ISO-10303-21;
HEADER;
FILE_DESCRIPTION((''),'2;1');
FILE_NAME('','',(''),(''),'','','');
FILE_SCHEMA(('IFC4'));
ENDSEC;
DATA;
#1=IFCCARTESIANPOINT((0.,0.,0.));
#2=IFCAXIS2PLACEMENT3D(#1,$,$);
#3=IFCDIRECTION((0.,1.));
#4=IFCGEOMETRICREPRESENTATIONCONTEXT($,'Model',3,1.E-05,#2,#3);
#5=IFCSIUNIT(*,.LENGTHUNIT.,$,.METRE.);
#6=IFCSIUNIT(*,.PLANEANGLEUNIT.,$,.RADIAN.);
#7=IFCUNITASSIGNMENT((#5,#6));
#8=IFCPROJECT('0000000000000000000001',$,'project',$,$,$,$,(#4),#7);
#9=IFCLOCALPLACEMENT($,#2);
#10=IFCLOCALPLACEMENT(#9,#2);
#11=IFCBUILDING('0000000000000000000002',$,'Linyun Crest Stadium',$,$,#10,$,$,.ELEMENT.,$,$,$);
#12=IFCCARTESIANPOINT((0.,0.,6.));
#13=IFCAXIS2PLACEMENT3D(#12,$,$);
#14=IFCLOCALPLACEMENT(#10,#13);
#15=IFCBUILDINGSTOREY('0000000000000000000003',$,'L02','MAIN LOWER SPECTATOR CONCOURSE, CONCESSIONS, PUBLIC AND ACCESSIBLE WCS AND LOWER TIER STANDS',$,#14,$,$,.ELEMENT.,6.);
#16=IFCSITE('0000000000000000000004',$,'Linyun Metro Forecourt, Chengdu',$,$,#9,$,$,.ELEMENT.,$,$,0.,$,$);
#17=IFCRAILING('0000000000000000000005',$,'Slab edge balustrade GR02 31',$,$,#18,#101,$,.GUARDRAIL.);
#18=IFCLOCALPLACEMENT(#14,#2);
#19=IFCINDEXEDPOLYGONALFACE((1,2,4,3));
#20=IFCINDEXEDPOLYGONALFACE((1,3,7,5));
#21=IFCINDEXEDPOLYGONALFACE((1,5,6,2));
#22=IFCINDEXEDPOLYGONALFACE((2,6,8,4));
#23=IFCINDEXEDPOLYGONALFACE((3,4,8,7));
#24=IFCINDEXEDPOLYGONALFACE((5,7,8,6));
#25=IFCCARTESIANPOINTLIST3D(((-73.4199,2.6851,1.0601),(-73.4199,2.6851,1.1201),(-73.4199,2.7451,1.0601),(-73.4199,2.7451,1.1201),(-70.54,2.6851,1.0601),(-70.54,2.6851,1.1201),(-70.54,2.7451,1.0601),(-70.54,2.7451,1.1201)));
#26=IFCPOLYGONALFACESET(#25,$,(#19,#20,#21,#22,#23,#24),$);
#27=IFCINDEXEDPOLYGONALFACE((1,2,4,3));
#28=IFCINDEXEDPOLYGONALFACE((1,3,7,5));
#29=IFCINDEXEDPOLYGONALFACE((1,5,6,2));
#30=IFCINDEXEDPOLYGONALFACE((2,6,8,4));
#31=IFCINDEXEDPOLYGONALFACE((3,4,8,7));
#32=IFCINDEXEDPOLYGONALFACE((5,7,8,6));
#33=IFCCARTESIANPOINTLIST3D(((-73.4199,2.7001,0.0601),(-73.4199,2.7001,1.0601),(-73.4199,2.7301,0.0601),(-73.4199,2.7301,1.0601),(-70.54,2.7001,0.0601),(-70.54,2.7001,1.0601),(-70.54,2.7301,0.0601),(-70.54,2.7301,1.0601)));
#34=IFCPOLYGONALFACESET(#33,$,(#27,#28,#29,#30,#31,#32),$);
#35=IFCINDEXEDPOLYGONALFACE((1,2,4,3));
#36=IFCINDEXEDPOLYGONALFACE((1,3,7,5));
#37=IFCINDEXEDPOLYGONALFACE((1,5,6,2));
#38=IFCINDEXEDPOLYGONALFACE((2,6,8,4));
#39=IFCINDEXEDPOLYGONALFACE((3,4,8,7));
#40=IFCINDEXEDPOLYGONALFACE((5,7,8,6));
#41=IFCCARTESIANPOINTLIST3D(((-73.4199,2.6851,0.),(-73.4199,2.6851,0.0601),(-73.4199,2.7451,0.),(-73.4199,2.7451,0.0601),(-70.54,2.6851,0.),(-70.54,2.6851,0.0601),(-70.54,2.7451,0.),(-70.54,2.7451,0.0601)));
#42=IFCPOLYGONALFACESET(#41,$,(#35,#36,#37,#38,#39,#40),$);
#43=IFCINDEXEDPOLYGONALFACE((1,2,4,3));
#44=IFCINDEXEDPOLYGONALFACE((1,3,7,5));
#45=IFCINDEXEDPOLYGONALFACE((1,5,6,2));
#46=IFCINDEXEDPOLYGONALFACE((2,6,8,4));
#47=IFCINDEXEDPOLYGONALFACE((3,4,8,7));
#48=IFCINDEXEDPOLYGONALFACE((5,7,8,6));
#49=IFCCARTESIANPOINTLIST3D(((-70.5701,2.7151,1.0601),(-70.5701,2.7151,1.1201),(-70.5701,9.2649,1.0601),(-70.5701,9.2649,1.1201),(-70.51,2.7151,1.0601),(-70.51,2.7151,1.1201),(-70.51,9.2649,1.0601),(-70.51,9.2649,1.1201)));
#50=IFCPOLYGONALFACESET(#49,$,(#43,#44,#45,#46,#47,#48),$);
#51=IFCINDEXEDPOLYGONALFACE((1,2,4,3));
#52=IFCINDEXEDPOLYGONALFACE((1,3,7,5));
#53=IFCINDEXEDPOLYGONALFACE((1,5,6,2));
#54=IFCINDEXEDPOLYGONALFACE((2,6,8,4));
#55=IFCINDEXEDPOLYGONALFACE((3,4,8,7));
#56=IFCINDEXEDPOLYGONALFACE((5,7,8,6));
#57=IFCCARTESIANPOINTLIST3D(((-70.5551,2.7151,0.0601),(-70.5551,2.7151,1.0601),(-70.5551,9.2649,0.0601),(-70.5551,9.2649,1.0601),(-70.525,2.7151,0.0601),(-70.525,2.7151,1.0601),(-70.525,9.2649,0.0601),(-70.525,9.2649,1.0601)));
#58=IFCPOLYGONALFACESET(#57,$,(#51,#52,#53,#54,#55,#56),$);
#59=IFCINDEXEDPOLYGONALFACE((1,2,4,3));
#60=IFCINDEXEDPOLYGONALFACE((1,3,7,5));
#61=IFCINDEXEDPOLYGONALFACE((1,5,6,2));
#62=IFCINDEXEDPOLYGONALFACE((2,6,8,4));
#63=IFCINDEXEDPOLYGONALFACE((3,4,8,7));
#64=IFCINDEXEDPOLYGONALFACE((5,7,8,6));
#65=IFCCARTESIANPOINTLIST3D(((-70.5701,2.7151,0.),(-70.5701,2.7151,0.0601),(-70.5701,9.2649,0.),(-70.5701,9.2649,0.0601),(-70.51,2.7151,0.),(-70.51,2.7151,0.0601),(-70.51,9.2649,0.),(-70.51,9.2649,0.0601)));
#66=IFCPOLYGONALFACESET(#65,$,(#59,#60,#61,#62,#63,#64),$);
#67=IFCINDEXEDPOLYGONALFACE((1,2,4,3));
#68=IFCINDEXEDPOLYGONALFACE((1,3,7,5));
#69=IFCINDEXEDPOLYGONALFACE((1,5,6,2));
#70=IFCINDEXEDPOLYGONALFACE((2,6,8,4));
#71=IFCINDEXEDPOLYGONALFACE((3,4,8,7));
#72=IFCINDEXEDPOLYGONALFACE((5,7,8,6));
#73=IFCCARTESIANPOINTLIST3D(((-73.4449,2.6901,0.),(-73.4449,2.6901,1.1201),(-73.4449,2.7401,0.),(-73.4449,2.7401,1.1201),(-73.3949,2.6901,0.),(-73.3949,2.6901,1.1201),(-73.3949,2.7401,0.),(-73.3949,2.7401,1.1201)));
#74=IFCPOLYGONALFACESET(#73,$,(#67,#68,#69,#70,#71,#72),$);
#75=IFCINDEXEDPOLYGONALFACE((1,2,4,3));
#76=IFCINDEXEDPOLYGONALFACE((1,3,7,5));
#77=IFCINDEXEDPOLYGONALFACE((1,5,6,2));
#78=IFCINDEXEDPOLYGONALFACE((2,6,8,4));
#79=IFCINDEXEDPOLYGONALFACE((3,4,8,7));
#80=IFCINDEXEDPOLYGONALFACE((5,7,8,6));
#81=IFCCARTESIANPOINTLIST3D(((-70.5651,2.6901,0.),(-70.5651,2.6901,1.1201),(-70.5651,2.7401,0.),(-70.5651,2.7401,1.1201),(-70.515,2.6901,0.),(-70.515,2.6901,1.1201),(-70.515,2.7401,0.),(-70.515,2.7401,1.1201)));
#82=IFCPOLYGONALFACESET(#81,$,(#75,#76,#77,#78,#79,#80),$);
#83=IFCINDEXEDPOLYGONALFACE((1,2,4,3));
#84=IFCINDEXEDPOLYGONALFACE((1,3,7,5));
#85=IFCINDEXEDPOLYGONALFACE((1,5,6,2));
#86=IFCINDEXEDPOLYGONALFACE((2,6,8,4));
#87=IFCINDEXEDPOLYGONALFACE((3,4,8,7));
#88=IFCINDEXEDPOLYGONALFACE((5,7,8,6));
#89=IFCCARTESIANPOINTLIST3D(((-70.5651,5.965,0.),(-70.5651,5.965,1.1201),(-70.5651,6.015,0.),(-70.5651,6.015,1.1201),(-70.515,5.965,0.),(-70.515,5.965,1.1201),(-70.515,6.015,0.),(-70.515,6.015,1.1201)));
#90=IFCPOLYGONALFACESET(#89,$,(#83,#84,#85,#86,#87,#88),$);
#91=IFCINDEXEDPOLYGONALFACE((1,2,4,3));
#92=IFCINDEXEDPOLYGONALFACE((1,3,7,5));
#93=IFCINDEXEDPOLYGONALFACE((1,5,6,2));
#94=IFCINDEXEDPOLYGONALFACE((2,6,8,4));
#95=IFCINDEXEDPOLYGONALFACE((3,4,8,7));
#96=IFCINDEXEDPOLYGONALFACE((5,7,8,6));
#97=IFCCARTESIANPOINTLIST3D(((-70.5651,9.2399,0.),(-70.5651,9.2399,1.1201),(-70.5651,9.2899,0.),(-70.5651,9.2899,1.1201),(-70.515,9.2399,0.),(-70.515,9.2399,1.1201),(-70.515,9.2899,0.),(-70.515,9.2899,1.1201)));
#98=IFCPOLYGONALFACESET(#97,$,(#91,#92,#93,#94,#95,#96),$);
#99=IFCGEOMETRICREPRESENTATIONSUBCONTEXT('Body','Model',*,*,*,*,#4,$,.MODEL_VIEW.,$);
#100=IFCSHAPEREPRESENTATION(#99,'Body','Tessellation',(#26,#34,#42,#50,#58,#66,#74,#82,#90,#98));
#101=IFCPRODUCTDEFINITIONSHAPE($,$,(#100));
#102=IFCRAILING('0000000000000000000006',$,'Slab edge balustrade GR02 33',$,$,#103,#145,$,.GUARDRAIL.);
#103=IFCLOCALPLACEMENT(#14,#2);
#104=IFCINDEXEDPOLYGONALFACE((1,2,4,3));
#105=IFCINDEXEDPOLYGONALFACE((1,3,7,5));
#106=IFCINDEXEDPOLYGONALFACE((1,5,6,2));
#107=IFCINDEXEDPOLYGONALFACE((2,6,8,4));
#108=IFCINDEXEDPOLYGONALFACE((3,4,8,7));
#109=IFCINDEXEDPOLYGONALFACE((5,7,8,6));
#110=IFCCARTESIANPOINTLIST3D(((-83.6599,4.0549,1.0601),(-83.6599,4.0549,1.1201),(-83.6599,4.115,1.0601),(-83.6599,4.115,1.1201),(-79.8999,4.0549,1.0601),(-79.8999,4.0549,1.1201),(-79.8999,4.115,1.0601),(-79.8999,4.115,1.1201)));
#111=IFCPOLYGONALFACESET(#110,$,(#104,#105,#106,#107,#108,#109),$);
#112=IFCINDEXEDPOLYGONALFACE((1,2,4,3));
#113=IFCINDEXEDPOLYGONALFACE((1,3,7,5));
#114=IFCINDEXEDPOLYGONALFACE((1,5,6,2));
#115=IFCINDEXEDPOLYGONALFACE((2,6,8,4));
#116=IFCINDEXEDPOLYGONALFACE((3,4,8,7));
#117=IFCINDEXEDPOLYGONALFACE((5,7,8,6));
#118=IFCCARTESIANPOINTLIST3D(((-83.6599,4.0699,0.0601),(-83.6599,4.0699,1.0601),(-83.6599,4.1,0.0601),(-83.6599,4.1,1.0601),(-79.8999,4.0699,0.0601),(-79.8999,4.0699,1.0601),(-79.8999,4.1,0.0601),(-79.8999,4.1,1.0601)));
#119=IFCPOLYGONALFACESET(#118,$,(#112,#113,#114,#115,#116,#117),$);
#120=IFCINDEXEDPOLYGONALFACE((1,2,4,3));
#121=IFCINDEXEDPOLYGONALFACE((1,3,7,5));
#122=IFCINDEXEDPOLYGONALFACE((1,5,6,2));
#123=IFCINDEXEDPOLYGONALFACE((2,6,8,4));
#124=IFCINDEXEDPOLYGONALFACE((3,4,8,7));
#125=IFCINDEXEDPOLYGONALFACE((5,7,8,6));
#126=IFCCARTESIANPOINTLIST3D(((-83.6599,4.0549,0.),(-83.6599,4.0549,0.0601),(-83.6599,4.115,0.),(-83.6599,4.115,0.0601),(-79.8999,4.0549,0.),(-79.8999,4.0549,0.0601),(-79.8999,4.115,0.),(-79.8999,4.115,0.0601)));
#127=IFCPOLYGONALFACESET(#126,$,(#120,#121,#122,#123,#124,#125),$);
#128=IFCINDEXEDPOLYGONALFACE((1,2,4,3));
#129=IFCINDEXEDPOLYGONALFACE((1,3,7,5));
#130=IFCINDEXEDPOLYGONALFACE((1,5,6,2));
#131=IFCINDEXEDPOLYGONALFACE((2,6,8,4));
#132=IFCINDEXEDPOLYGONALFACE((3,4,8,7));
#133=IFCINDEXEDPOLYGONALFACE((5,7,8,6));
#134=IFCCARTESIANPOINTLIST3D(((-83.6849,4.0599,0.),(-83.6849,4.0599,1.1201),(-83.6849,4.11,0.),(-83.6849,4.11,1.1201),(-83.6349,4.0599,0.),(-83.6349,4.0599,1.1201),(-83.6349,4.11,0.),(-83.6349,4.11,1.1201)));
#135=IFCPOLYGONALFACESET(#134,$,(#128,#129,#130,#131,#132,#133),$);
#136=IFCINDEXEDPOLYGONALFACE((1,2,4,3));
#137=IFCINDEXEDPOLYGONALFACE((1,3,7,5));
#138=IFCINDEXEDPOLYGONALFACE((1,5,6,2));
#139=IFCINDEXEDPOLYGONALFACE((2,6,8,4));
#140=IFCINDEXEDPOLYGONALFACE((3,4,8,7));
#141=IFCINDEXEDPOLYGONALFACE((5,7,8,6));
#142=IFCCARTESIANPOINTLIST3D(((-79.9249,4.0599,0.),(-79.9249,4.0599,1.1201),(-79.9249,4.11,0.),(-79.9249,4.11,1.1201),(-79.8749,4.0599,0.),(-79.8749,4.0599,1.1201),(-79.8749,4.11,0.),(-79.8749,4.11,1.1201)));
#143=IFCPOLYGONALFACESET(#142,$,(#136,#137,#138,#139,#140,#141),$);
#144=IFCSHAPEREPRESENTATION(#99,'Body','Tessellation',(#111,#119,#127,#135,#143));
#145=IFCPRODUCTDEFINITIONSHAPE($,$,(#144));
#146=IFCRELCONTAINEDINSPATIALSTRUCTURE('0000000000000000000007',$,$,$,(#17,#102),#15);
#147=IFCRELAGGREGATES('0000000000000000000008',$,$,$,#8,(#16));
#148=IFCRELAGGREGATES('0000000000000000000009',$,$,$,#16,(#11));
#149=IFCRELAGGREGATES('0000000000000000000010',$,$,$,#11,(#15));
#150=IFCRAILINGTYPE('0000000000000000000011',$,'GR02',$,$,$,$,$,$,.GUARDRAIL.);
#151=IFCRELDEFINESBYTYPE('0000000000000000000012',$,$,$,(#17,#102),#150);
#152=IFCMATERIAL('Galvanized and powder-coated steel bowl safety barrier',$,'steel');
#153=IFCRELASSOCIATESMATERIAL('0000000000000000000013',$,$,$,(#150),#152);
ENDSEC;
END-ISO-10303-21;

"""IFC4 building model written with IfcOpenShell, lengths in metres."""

from ifc_helpers import new_model, si_unit, direction, frame, origin, origin_2d, place, context, subcontext, project, spatial, rectangle, extrude, material, type_object, element, save


model = new_model("IFC4")

# Units and contexts
model_context = context("Model", 3, precision=1e-05, world=origin(), true_north=direction((0.0, 1.0)))
body_context = subcontext(model_context, "Body", "Model", "MODEL_VIEW")
ifc_project = project(units=[si_unit("LENGTHUNIT", "METRE"), si_unit("PLANEANGLEUNIT", "RADIAN")], contexts=[model_context])

# Site, building, storey
site_placement = place(None, origin())
site = spatial("IfcSite", under=ifc_project, at=site_placement, Name="Linyun Metro Forecourt, Chengdu", CompositionType="ELEMENT", RefElevation=0.0)
building_placement = place(site_placement, origin())
building = spatial("IfcBuilding", under=site, at=building_placement, Name="Linyun Crest Stadium", CompositionType="ELEMENT")
storey_placement = place(building_placement, frame((0.0, 0.0, 6.0)))
storey = spatial("IfcBuildingStorey", under=building, at=storey_placement, Name="L02", Description="MAIN LOWER SPECTATOR CONCOURSE, CONCESSIONS, PUBLIC AND ACCESSIBLE WCS AND LOWER TIER STANDS", CompositionType="ELEMENT", Elevation=6.0)

# Railings
ifc_material_1 = material(Name="Galvanized and powder-coated steel bowl safety barrier", Category="steel")
railing_type_1 = type_object("IfcRailingType", Name="GR02", PredefinedType="GUARDRAIL", material=ifc_material_1)
railing_1_placement = place(storey_placement, frame((-73.4199, 2.7151, 0.0)))
element("IfcRailing", 1, at=railing_1_placement, inside=storey, type_object=railing_type_1, Name="Slab edge balustrade GR02 31", PredefinedType="GUARDRAIL", context=body_context, shape_type="SweptSolid", body=[
    extrude(rectangle(XDim=0.0601, YDim=0.0601, at=origin_2d()), frame((0.0, 0.0, 1.0901), z_axis=(1.0, 0.0, 0.0), x_axis=(0.0, 1.0, 0.0)), (0.0, 0.0, 1.0), 2.8799),
    extrude(rectangle(XDim=0.03, YDim=1.0, at=origin_2d()), frame((0.0, 0.0, 0.5601), z_axis=(1.0, 0.0, 0.0), x_axis=(0.0, 1.0, 0.0)), (0.0, 0.0, 1.0), 2.8799),
    extrude(rectangle(XDim=0.0601, YDim=0.0601, at=origin_2d()), frame((0.0, 0.0, 0.03), z_axis=(1.0, 0.0, 0.0), x_axis=(0.0, 1.0, 0.0)), (0.0, 0.0, 1.0), 2.8799),
    extrude(rectangle(XDim=0.0601, YDim=0.0601, at=origin_2d()), frame((2.8799, 0.0, 1.0901), z_axis=(0.0, 1.0, 0.0), x_axis=(-1.0, 0.0, 0.0)), (0.0, 0.0, 1.0), 6.5498),
    extrude(rectangle(XDim=0.03, YDim=1.0, at=origin_2d()), frame((2.8799, 0.0, 0.5601), z_axis=(0.0, 1.0, 0.0), x_axis=(-1.0, 0.0, 0.0)), (0.0, 0.0, 1.0), 6.5498),
    extrude(rectangle(XDim=0.0601, YDim=0.0601, at=origin_2d()), frame((2.8799, 0.0, 0.03), z_axis=(0.0, 1.0, 0.0), x_axis=(-1.0, 0.0, 0.0)), (0.0, 0.0, 1.0), 6.5498),
    extrude(rectangle(XDim=0.05, YDim=0.05, at=origin_2d()), origin(), (0.0, 0.0, 1.0), 1.1201),
    extrude(rectangle(XDim=0.05, YDim=0.05, at=origin_2d()), frame((2.8799, 0.0, 0.0)), (0.0, 0.0, 1.0), 1.1201),
    extrude(rectangle(XDim=0.05, YDim=0.05, at=origin_2d()), frame((2.8799, 3.2749, 0.0)), (0.0, 0.0, 1.0), 1.1201),
    extrude(rectangle(XDim=0.05, YDim=0.05, at=origin_2d()), frame((2.8799, 6.5498, 0.0)), (0.0, 0.0, 1.0), 1.1201),
])
railing_2_placement = place(storey_placement, frame((-83.6599, 4.085, 0.0)))
element("IfcRailing", 2, at=railing_2_placement, inside=storey, type_object=railing_type_1, Name="Slab edge balustrade GR02 33", PredefinedType="GUARDRAIL", context=body_context, shape_type="SweptSolid", body=[
    extrude(rectangle(XDim=0.0601, YDim=0.0601, at=origin_2d()), frame((0.0, 0.0, 1.0901), z_axis=(1.0, 0.0, 0.0), x_axis=(0.0, 1.0, 0.0)), (0.0, 0.0, 1.0), 3.76),
    extrude(rectangle(XDim=0.03, YDim=1.0, at=origin_2d()), frame((0.0, 0.0, 0.5601), z_axis=(1.0, 0.0, 0.0), x_axis=(0.0, 1.0, 0.0)), (0.0, 0.0, 1.0), 3.76),
    extrude(rectangle(XDim=0.0601, YDim=0.0601, at=origin_2d()), frame((0.0, 0.0, 0.03), z_axis=(1.0, 0.0, 0.0), x_axis=(0.0, 1.0, 0.0)), (0.0, 0.0, 1.0), 3.76),
    extrude(rectangle(XDim=0.05, YDim=0.05, at=origin_2d()), origin(), (0.0, 0.0, 1.0), 1.1201),
    extrude(rectangle(XDim=0.05, YDim=0.05, at=origin_2d()), frame((3.76, 0.0, 0.0)), (0.0, 0.0, 1.0), 1.1201),
])

save(model, "model.ifc")
